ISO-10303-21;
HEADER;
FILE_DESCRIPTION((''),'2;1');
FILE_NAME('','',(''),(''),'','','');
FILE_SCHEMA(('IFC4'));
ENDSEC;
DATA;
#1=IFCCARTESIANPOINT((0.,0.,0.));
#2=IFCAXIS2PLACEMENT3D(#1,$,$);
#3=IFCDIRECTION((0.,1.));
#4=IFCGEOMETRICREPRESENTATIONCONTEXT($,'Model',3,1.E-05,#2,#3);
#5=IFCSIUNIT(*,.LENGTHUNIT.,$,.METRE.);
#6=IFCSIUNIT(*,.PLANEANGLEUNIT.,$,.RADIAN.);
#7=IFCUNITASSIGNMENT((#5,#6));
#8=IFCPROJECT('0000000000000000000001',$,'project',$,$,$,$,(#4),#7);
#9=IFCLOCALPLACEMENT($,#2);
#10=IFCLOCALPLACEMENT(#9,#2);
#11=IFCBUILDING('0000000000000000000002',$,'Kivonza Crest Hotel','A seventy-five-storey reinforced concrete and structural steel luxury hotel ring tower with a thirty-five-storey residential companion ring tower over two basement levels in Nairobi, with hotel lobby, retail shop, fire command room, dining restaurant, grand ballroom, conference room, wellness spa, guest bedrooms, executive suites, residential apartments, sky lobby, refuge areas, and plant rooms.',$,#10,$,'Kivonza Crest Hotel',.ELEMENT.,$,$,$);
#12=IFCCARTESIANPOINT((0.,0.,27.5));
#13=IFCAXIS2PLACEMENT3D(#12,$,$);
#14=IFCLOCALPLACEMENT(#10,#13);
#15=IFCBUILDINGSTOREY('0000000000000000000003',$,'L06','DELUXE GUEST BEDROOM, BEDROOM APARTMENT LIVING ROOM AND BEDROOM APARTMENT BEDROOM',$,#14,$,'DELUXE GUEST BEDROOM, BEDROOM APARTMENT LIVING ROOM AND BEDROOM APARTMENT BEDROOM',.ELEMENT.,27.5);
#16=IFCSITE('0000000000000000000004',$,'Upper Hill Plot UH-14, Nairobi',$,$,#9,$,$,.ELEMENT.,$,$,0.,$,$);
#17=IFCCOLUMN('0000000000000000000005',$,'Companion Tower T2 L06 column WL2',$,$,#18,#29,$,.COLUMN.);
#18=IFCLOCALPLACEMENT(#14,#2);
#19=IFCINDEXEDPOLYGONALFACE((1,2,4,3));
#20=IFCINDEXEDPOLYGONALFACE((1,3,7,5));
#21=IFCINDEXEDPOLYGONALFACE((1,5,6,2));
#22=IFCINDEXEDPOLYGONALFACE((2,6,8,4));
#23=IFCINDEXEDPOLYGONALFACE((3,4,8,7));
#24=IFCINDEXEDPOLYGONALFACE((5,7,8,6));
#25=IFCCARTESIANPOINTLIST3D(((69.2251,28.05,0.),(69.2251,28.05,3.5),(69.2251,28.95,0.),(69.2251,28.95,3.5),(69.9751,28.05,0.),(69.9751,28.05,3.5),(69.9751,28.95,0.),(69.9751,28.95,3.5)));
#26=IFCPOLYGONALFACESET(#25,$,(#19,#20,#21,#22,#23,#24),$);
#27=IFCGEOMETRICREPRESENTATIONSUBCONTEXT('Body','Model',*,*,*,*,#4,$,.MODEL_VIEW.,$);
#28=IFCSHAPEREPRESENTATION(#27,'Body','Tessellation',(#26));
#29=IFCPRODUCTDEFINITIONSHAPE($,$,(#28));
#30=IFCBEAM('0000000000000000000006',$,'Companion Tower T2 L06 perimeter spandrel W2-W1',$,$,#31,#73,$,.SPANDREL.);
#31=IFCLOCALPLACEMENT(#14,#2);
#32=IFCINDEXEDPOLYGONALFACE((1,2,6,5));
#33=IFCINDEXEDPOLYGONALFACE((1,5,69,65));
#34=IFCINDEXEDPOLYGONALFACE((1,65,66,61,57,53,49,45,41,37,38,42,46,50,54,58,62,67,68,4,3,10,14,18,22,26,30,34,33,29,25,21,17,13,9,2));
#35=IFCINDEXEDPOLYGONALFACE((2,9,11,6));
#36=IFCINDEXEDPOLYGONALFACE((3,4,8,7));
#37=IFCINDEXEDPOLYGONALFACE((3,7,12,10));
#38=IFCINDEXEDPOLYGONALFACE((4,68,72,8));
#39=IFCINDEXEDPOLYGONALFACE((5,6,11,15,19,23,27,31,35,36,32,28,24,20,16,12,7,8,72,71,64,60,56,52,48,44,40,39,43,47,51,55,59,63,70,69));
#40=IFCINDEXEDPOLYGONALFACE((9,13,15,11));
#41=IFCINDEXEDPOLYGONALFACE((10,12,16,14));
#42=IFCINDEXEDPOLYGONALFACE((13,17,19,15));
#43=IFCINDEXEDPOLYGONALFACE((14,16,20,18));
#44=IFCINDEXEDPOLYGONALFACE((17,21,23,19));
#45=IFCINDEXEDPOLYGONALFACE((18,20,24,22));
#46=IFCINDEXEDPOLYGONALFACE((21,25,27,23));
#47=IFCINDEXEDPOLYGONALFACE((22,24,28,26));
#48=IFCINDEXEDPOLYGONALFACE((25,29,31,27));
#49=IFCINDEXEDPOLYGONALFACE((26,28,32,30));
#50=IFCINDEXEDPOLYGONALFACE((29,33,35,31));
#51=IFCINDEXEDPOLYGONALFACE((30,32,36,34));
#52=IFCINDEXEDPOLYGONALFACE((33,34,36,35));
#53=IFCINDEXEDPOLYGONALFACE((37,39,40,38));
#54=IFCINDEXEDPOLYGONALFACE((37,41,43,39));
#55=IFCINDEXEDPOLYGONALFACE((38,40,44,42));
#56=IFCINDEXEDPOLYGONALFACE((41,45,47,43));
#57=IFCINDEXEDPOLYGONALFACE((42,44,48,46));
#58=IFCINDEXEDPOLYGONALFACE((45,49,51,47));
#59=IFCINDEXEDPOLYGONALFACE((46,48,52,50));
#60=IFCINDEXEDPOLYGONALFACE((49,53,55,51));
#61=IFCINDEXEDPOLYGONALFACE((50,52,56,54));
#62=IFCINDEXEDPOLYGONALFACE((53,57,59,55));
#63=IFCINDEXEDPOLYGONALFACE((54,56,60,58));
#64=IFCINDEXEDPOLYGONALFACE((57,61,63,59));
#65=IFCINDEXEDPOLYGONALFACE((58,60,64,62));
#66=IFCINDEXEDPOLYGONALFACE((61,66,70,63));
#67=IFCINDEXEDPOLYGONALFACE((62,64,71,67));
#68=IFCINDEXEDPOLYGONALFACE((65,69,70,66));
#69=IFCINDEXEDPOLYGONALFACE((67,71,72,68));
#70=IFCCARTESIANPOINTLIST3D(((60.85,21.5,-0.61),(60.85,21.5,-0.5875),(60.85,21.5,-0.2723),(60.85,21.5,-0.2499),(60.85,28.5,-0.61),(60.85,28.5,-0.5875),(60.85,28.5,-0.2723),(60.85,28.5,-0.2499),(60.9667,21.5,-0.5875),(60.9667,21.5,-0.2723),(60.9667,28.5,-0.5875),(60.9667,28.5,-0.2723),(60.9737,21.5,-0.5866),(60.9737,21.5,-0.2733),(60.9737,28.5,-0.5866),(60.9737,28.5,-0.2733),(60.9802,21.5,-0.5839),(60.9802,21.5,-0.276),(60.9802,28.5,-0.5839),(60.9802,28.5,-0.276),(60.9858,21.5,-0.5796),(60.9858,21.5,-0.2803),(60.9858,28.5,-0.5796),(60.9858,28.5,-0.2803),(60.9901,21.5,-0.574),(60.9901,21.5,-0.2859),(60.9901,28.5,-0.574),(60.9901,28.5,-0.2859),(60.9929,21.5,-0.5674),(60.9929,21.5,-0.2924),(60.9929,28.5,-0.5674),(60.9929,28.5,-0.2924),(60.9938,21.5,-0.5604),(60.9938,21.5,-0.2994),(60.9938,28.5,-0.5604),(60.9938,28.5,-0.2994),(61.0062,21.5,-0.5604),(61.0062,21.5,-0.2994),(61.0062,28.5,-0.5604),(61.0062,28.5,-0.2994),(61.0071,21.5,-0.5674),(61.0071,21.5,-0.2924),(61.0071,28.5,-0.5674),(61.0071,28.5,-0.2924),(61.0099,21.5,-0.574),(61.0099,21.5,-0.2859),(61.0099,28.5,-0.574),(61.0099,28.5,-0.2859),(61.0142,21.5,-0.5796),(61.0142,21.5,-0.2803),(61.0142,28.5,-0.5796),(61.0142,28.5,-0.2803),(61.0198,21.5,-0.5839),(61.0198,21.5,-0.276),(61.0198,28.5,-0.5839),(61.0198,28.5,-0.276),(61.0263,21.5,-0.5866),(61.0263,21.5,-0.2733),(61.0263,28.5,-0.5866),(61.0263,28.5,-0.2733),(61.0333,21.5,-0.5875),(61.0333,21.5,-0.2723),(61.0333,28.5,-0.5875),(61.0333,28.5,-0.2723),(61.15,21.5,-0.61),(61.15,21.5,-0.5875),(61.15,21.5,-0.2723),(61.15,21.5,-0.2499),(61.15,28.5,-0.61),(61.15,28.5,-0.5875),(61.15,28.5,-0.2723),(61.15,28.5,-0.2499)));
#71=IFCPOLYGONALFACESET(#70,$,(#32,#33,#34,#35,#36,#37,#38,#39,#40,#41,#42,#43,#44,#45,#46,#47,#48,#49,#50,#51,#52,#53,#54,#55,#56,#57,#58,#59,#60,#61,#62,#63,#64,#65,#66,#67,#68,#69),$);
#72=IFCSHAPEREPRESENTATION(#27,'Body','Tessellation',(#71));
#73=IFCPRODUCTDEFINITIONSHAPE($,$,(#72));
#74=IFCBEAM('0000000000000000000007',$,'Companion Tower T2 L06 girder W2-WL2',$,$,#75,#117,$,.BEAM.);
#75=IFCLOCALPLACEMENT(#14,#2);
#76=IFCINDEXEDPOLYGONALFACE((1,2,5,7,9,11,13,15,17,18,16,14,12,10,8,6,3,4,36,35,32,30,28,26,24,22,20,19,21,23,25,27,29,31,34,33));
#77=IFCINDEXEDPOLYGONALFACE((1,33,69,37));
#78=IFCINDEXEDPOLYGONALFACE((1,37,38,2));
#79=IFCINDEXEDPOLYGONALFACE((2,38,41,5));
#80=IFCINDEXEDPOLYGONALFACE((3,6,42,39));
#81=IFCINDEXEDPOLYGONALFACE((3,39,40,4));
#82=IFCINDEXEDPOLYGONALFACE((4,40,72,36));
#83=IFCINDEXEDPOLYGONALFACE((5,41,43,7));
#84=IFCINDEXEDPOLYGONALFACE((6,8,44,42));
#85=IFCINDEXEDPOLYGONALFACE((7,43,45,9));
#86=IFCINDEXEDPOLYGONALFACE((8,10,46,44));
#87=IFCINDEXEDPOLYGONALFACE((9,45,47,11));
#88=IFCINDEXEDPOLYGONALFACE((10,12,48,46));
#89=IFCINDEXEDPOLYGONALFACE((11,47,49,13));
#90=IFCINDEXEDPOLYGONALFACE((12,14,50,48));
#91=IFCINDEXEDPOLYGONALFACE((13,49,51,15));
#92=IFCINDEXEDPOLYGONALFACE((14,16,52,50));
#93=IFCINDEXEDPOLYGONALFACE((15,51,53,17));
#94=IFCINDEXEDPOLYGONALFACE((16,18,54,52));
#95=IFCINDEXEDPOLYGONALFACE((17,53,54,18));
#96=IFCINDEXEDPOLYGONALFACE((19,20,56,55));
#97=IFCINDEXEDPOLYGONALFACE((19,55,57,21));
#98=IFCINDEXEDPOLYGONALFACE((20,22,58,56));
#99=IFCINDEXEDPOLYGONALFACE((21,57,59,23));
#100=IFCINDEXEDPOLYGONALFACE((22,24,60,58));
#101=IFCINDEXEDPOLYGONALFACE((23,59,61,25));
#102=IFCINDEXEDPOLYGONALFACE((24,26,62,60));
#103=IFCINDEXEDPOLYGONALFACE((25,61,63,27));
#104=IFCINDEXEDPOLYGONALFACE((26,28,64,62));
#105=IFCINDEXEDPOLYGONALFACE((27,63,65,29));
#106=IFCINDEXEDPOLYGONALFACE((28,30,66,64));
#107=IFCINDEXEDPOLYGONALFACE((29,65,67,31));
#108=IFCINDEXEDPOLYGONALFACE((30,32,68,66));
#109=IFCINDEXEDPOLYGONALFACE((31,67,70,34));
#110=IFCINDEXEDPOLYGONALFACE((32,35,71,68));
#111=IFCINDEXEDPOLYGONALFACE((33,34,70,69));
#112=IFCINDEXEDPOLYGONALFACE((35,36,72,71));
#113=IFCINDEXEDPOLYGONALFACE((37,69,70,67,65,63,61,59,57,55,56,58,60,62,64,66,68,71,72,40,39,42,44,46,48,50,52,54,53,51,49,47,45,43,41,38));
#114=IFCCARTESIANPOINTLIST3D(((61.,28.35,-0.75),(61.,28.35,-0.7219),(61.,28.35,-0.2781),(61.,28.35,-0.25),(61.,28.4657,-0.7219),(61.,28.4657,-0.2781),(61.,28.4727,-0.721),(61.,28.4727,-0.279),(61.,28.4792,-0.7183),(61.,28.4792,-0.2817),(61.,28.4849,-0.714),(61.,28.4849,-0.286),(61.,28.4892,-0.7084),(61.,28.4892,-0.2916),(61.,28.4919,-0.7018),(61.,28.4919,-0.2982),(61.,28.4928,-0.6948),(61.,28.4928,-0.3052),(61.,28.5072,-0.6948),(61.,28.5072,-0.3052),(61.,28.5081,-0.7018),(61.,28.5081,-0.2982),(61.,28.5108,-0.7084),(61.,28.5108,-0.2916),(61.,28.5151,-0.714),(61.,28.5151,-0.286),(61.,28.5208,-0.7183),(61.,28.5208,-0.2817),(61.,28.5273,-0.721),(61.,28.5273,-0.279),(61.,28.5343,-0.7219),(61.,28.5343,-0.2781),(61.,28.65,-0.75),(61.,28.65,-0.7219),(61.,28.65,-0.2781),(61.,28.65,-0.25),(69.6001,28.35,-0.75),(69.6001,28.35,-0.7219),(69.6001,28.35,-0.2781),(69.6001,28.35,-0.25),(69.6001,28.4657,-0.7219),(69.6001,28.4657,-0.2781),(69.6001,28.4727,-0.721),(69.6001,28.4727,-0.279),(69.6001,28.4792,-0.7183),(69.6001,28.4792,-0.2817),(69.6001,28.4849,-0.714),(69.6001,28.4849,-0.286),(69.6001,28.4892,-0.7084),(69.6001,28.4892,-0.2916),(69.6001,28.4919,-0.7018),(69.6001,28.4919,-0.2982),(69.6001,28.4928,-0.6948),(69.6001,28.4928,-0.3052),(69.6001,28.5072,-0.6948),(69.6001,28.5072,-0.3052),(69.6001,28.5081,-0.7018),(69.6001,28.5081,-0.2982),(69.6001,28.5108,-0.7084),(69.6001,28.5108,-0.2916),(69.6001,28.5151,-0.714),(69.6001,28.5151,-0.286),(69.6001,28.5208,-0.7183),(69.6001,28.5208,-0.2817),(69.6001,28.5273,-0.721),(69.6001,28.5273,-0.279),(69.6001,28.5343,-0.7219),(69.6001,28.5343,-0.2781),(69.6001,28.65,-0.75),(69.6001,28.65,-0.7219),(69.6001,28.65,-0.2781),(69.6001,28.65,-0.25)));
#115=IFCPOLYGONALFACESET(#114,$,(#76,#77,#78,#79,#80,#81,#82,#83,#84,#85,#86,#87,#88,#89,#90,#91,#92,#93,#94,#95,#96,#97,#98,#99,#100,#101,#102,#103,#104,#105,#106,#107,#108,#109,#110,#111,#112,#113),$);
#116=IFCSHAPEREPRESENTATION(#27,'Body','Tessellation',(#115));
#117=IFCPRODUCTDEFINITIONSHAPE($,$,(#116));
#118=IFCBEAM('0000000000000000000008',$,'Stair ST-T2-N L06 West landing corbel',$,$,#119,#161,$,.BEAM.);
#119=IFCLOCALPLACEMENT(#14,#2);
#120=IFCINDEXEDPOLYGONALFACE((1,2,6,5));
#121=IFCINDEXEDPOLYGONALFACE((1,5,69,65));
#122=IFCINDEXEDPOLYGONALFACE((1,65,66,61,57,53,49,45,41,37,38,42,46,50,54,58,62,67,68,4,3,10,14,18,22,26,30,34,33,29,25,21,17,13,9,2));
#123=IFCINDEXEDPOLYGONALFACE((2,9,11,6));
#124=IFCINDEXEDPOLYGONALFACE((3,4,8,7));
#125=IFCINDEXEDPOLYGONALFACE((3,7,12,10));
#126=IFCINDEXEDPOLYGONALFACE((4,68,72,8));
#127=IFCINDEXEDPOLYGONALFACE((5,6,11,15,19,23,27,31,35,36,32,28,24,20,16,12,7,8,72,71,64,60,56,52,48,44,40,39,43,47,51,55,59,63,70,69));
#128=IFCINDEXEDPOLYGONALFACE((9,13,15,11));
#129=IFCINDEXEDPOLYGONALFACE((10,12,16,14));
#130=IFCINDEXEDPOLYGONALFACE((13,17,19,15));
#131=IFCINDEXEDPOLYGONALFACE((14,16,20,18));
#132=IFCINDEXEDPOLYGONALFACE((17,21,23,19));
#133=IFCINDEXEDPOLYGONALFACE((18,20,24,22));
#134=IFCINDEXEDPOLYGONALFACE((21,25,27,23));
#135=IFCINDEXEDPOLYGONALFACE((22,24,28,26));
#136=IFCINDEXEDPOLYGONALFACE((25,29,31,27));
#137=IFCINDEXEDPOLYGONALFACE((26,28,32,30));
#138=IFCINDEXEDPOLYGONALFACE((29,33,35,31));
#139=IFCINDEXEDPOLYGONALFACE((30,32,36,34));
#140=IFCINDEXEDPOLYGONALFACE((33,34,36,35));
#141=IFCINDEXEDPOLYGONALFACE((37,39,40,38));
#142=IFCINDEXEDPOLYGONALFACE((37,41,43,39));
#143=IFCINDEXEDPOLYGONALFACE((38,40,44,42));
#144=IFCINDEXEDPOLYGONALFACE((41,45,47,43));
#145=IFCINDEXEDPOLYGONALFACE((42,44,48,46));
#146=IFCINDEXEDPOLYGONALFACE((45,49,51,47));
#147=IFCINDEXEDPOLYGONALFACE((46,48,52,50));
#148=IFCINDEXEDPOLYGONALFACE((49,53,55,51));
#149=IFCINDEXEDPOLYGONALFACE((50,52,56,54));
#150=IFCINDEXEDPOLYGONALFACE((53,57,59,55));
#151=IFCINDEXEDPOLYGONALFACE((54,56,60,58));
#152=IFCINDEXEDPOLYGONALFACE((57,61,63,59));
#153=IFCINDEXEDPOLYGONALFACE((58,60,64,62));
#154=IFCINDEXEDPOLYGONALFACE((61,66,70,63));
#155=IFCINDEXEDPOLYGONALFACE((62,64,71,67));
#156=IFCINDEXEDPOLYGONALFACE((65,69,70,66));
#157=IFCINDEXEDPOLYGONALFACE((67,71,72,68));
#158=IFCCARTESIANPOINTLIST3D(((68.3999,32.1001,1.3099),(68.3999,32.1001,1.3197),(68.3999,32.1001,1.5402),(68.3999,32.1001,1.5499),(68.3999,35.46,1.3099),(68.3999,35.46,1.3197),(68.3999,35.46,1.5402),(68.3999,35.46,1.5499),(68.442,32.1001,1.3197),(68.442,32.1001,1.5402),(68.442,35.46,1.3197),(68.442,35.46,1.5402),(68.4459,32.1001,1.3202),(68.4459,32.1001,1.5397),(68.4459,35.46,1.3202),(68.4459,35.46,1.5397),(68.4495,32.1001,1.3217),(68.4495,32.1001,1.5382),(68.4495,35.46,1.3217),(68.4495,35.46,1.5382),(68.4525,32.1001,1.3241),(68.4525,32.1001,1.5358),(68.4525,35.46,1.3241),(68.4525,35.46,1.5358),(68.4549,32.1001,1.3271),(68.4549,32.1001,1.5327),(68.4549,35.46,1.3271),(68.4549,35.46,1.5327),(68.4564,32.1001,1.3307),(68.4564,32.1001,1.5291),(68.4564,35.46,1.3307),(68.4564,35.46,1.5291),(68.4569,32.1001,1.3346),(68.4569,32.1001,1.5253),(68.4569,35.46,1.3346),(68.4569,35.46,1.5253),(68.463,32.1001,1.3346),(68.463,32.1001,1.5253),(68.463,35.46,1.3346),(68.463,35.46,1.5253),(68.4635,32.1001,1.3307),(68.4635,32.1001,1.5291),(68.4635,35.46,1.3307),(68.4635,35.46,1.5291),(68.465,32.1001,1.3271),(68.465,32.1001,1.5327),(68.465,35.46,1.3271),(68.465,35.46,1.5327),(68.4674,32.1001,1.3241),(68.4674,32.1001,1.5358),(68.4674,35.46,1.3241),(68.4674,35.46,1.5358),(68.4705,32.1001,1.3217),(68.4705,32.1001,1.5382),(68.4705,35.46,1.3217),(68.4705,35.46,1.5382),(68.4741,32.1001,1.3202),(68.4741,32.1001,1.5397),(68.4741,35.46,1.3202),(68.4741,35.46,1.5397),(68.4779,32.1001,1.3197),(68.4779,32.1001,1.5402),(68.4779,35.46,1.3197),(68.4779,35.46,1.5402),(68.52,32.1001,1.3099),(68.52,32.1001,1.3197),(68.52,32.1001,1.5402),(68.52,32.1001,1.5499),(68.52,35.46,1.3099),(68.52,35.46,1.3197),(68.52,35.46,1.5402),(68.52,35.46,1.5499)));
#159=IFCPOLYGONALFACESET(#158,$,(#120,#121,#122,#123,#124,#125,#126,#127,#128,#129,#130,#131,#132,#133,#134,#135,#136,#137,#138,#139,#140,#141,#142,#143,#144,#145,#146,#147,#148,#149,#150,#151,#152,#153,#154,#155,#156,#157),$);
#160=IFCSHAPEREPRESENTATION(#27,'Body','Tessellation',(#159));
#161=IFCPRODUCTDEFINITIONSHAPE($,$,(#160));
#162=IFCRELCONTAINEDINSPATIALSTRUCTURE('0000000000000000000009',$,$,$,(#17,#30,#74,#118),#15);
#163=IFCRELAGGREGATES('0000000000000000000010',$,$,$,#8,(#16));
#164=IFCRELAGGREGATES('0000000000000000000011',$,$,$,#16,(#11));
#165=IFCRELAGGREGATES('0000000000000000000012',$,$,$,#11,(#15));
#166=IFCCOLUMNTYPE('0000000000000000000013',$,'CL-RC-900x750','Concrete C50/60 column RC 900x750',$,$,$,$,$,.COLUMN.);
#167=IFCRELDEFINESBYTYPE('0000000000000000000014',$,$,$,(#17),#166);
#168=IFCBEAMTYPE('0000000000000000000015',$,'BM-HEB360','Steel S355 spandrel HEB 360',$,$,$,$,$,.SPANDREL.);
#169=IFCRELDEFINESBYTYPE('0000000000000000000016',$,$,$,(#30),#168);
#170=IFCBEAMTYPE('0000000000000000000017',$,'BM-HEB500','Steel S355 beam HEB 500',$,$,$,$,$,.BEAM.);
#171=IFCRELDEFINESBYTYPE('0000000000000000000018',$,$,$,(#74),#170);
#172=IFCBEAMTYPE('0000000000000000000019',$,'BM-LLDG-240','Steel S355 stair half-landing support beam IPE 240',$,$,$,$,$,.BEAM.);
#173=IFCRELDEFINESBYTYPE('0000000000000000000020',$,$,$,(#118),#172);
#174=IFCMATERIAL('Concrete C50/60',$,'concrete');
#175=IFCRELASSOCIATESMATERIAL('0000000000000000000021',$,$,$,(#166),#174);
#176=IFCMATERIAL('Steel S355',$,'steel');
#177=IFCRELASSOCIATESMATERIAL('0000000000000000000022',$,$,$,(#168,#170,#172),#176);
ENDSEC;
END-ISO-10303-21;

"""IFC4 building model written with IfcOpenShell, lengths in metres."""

from ifc_helpers import new_model, si_unit, direction, frame, origin, origin_2d, place, context, subcontext, project, spatial, rectangle, i_section, extrude, material, material_profile, profile_set, type_object, element, save


model = new_model("IFC4")

# Units and contexts
model_context = context("Model", 3, precision=1e-05, world=origin(), true_north=direction((0.0, 1.0)))
body_context = subcontext(model_context, "Body", "Model", "MODEL_VIEW")
ifc_project = project(units=[si_unit("LENGTHUNIT", "METRE"), si_unit("PLANEANGLEUNIT", "RADIAN")], contexts=[model_context])

# Site, building, storey
site_placement = place(None, origin())
site = spatial("IfcSite", under=ifc_project, at=site_placement, Name="Upper Hill Plot UH-14, Nairobi", CompositionType="ELEMENT", RefElevation=0.0)
building_placement = place(site_placement, origin())
building = spatial("IfcBuilding", under=site, at=building_placement, Name="Kivonza Crest Hotel", Description="A seventy-five-storey reinforced concrete and structural steel luxury hotel ring tower with a thirty-five-storey residential companion ring tower over two basement levels in Nairobi, with hotel lobby, retail shop, fire command room, dining restaurant, grand ballroom, conference room, wellness spa, guest bedrooms, executive suites, residential apartments, sky lobby, refuge areas, and plant rooms.", LongName="Kivonza Crest Hotel", CompositionType="ELEMENT")
storey_placement = place(building_placement, frame((0.0, 0.0, 27.5)))
storey = spatial("IfcBuildingStorey", under=building, at=storey_placement, Name="L06", Description="DELUXE GUEST BEDROOM, BEDROOM APARTMENT LIVING ROOM AND BEDROOM APARTMENT BEDROOM", LongName="DELUXE GUEST BEDROOM, BEDROOM APARTMENT LIVING ROOM AND BEDROOM APARTMENT BEDROOM", CompositionType="ELEMENT", Elevation=27.5)

# Column
ifc_material_1 = material(Name="Concrete C50/60", Category="concrete")
ifc_material_profile_1 = material_profile(ifc_material_1, rectangle(XDim=0.75, YDim=0.8999, at=origin_2d()), Name="RC 900x750")
ifc_profile_set_1 = profile_set([ifc_material_profile_1], Name="Concrete C50/60")
column_type = type_object("IfcColumnType", Name="CL-RC-900x750", Description="Concrete C50/60 column RC 900x750", PredefinedType="COLUMN", material=ifc_profile_set_1)
column_placement = place(storey_placement, frame((69.6001, 28.5, 0.0), z_axis=(0.0, 0.0, 1.0), x_axis=(1.0, 0.0, 0.0)))
element("IfcColumn", 1, at=column_placement, inside=storey, type_object=column_type, Name="Companion Tower T2 L06 column WL2", PredefinedType="COLUMN", context=body_context, shape_type="SweptSolid", body=[
    extrude(rectangle(XDim=0.75, YDim=0.8999, at=origin_2d()), origin(), (0.0, 0.0, 1.0), 3.5),
])

# Beams
ifc_material_2 = material(Name="Steel S355", Category="steel")
ifc_material_profile_2 = material_profile(ifc_material_2, i_section(OverallWidth=0.3, OverallDepth=0.3601, WebThickness=0.0125, FlangeThickness=0.0225, FilletRadius=0.0271, at=origin_2d()), Name="HEB 360")
ifc_profile_set_2 = profile_set([ifc_material_profile_2], Name="Steel S355")
beam_type_1 = type_object("IfcBeamType", Name="BM-HEB360", Description="Steel S355 spandrel HEB 360", PredefinedType="SPANDREL", material=ifc_profile_set_2)
beam_1_placement = place(storey_placement, frame((61.0, 28.5, -0.4299), z_axis=(0.0, -1.0, 0.0), x_axis=(1.0, 0.0, 0.0)))
element("IfcBeam", 2, at=beam_1_placement, inside=storey, type_object=beam_type_1, Name="Companion Tower T2 L06 perimeter spandrel W2-W1", PredefinedType="SPANDREL", context=body_context, shape_type="SweptSolid", body=[
    extrude(i_section(OverallWidth=0.3, OverallDepth=0.3601, WebThickness=0.0125, FlangeThickness=0.0225, FilletRadius=0.0271, at=origin_2d()), origin(), (0.0, 0.0, 1.0), 7.0),
])
ifc_material_profile_3 = material_profile(ifc_material_2, i_section(OverallWidth=0.3, OverallDepth=0.5, WebThickness=0.0144, FlangeThickness=0.0281, FilletRadius=0.0271, at=origin_2d()), Name="HEB 500")
ifc_profile_set_3 = profile_set([ifc_material_profile_3], Name="Steel S355")
beam_type_2 = type_object("IfcBeamType", Name="BM-HEB500", Description="Steel S355 beam HEB 500", PredefinedType="BEAM", material=ifc_profile_set_3)
beam_2_placement = place(storey_placement, frame((61.0, 28.5, -0.5), z_axis=(1.0, 0.0, 0.0), x_axis=(0.0, 1.0, 0.0)))
element("IfcBeam", 3, at=beam_2_placement, inside=storey, type_object=beam_type_2, Name="Companion Tower T2 L06 girder W2-WL2", PredefinedType="BEAM", context=body_context, shape_type="SweptSolid", body=[
    extrude(i_section(OverallWidth=0.3, OverallDepth=0.5, WebThickness=0.0144, FlangeThickness=0.0281, FilletRadius=0.0271, at=origin_2d()), origin(), (0.0, 0.0, 1.0), 8.6001),
])
ifc_material_profile_4 = material_profile(ifc_material_2, i_section(OverallWidth=0.1201, OverallDepth=0.24, WebThickness=0.0061, FlangeThickness=0.0098, FilletRadius=0.0149, at=origin_2d()), Name="IPE 240")
ifc_profile_set_4 = profile_set([ifc_material_profile_4], Name="Steel S355")
beam_type_3 = type_object("IfcBeamType", Name="BM-LLDG-240", Description="Steel S355 stair half-landing support beam IPE 240", PredefinedType="BEAM", material=ifc_profile_set_4)
beam_3_placement = place(storey_placement, frame((68.46, 32.1001, 1.4299), z_axis=(0.0, 1.0, 0.0), x_axis=(-1.0, 0.0, 0.0)))
element("IfcBeam", 4, at=beam_3_placement, inside=storey, type_object=beam_type_3, Name="Stair ST-T2-N L06 West landing corbel", PredefinedType="BEAM", context=body_context, shape_type="SweptSolid", body=[
    extrude(i_section(OverallWidth=0.1201, OverallDepth=0.24, WebThickness=0.0061, FlangeThickness=0.0098, FilletRadius=0.0149, at=origin_2d()), origin(), (0.0, 0.0, 1.0), 3.3599),
])

save(model, "model.ifc")
